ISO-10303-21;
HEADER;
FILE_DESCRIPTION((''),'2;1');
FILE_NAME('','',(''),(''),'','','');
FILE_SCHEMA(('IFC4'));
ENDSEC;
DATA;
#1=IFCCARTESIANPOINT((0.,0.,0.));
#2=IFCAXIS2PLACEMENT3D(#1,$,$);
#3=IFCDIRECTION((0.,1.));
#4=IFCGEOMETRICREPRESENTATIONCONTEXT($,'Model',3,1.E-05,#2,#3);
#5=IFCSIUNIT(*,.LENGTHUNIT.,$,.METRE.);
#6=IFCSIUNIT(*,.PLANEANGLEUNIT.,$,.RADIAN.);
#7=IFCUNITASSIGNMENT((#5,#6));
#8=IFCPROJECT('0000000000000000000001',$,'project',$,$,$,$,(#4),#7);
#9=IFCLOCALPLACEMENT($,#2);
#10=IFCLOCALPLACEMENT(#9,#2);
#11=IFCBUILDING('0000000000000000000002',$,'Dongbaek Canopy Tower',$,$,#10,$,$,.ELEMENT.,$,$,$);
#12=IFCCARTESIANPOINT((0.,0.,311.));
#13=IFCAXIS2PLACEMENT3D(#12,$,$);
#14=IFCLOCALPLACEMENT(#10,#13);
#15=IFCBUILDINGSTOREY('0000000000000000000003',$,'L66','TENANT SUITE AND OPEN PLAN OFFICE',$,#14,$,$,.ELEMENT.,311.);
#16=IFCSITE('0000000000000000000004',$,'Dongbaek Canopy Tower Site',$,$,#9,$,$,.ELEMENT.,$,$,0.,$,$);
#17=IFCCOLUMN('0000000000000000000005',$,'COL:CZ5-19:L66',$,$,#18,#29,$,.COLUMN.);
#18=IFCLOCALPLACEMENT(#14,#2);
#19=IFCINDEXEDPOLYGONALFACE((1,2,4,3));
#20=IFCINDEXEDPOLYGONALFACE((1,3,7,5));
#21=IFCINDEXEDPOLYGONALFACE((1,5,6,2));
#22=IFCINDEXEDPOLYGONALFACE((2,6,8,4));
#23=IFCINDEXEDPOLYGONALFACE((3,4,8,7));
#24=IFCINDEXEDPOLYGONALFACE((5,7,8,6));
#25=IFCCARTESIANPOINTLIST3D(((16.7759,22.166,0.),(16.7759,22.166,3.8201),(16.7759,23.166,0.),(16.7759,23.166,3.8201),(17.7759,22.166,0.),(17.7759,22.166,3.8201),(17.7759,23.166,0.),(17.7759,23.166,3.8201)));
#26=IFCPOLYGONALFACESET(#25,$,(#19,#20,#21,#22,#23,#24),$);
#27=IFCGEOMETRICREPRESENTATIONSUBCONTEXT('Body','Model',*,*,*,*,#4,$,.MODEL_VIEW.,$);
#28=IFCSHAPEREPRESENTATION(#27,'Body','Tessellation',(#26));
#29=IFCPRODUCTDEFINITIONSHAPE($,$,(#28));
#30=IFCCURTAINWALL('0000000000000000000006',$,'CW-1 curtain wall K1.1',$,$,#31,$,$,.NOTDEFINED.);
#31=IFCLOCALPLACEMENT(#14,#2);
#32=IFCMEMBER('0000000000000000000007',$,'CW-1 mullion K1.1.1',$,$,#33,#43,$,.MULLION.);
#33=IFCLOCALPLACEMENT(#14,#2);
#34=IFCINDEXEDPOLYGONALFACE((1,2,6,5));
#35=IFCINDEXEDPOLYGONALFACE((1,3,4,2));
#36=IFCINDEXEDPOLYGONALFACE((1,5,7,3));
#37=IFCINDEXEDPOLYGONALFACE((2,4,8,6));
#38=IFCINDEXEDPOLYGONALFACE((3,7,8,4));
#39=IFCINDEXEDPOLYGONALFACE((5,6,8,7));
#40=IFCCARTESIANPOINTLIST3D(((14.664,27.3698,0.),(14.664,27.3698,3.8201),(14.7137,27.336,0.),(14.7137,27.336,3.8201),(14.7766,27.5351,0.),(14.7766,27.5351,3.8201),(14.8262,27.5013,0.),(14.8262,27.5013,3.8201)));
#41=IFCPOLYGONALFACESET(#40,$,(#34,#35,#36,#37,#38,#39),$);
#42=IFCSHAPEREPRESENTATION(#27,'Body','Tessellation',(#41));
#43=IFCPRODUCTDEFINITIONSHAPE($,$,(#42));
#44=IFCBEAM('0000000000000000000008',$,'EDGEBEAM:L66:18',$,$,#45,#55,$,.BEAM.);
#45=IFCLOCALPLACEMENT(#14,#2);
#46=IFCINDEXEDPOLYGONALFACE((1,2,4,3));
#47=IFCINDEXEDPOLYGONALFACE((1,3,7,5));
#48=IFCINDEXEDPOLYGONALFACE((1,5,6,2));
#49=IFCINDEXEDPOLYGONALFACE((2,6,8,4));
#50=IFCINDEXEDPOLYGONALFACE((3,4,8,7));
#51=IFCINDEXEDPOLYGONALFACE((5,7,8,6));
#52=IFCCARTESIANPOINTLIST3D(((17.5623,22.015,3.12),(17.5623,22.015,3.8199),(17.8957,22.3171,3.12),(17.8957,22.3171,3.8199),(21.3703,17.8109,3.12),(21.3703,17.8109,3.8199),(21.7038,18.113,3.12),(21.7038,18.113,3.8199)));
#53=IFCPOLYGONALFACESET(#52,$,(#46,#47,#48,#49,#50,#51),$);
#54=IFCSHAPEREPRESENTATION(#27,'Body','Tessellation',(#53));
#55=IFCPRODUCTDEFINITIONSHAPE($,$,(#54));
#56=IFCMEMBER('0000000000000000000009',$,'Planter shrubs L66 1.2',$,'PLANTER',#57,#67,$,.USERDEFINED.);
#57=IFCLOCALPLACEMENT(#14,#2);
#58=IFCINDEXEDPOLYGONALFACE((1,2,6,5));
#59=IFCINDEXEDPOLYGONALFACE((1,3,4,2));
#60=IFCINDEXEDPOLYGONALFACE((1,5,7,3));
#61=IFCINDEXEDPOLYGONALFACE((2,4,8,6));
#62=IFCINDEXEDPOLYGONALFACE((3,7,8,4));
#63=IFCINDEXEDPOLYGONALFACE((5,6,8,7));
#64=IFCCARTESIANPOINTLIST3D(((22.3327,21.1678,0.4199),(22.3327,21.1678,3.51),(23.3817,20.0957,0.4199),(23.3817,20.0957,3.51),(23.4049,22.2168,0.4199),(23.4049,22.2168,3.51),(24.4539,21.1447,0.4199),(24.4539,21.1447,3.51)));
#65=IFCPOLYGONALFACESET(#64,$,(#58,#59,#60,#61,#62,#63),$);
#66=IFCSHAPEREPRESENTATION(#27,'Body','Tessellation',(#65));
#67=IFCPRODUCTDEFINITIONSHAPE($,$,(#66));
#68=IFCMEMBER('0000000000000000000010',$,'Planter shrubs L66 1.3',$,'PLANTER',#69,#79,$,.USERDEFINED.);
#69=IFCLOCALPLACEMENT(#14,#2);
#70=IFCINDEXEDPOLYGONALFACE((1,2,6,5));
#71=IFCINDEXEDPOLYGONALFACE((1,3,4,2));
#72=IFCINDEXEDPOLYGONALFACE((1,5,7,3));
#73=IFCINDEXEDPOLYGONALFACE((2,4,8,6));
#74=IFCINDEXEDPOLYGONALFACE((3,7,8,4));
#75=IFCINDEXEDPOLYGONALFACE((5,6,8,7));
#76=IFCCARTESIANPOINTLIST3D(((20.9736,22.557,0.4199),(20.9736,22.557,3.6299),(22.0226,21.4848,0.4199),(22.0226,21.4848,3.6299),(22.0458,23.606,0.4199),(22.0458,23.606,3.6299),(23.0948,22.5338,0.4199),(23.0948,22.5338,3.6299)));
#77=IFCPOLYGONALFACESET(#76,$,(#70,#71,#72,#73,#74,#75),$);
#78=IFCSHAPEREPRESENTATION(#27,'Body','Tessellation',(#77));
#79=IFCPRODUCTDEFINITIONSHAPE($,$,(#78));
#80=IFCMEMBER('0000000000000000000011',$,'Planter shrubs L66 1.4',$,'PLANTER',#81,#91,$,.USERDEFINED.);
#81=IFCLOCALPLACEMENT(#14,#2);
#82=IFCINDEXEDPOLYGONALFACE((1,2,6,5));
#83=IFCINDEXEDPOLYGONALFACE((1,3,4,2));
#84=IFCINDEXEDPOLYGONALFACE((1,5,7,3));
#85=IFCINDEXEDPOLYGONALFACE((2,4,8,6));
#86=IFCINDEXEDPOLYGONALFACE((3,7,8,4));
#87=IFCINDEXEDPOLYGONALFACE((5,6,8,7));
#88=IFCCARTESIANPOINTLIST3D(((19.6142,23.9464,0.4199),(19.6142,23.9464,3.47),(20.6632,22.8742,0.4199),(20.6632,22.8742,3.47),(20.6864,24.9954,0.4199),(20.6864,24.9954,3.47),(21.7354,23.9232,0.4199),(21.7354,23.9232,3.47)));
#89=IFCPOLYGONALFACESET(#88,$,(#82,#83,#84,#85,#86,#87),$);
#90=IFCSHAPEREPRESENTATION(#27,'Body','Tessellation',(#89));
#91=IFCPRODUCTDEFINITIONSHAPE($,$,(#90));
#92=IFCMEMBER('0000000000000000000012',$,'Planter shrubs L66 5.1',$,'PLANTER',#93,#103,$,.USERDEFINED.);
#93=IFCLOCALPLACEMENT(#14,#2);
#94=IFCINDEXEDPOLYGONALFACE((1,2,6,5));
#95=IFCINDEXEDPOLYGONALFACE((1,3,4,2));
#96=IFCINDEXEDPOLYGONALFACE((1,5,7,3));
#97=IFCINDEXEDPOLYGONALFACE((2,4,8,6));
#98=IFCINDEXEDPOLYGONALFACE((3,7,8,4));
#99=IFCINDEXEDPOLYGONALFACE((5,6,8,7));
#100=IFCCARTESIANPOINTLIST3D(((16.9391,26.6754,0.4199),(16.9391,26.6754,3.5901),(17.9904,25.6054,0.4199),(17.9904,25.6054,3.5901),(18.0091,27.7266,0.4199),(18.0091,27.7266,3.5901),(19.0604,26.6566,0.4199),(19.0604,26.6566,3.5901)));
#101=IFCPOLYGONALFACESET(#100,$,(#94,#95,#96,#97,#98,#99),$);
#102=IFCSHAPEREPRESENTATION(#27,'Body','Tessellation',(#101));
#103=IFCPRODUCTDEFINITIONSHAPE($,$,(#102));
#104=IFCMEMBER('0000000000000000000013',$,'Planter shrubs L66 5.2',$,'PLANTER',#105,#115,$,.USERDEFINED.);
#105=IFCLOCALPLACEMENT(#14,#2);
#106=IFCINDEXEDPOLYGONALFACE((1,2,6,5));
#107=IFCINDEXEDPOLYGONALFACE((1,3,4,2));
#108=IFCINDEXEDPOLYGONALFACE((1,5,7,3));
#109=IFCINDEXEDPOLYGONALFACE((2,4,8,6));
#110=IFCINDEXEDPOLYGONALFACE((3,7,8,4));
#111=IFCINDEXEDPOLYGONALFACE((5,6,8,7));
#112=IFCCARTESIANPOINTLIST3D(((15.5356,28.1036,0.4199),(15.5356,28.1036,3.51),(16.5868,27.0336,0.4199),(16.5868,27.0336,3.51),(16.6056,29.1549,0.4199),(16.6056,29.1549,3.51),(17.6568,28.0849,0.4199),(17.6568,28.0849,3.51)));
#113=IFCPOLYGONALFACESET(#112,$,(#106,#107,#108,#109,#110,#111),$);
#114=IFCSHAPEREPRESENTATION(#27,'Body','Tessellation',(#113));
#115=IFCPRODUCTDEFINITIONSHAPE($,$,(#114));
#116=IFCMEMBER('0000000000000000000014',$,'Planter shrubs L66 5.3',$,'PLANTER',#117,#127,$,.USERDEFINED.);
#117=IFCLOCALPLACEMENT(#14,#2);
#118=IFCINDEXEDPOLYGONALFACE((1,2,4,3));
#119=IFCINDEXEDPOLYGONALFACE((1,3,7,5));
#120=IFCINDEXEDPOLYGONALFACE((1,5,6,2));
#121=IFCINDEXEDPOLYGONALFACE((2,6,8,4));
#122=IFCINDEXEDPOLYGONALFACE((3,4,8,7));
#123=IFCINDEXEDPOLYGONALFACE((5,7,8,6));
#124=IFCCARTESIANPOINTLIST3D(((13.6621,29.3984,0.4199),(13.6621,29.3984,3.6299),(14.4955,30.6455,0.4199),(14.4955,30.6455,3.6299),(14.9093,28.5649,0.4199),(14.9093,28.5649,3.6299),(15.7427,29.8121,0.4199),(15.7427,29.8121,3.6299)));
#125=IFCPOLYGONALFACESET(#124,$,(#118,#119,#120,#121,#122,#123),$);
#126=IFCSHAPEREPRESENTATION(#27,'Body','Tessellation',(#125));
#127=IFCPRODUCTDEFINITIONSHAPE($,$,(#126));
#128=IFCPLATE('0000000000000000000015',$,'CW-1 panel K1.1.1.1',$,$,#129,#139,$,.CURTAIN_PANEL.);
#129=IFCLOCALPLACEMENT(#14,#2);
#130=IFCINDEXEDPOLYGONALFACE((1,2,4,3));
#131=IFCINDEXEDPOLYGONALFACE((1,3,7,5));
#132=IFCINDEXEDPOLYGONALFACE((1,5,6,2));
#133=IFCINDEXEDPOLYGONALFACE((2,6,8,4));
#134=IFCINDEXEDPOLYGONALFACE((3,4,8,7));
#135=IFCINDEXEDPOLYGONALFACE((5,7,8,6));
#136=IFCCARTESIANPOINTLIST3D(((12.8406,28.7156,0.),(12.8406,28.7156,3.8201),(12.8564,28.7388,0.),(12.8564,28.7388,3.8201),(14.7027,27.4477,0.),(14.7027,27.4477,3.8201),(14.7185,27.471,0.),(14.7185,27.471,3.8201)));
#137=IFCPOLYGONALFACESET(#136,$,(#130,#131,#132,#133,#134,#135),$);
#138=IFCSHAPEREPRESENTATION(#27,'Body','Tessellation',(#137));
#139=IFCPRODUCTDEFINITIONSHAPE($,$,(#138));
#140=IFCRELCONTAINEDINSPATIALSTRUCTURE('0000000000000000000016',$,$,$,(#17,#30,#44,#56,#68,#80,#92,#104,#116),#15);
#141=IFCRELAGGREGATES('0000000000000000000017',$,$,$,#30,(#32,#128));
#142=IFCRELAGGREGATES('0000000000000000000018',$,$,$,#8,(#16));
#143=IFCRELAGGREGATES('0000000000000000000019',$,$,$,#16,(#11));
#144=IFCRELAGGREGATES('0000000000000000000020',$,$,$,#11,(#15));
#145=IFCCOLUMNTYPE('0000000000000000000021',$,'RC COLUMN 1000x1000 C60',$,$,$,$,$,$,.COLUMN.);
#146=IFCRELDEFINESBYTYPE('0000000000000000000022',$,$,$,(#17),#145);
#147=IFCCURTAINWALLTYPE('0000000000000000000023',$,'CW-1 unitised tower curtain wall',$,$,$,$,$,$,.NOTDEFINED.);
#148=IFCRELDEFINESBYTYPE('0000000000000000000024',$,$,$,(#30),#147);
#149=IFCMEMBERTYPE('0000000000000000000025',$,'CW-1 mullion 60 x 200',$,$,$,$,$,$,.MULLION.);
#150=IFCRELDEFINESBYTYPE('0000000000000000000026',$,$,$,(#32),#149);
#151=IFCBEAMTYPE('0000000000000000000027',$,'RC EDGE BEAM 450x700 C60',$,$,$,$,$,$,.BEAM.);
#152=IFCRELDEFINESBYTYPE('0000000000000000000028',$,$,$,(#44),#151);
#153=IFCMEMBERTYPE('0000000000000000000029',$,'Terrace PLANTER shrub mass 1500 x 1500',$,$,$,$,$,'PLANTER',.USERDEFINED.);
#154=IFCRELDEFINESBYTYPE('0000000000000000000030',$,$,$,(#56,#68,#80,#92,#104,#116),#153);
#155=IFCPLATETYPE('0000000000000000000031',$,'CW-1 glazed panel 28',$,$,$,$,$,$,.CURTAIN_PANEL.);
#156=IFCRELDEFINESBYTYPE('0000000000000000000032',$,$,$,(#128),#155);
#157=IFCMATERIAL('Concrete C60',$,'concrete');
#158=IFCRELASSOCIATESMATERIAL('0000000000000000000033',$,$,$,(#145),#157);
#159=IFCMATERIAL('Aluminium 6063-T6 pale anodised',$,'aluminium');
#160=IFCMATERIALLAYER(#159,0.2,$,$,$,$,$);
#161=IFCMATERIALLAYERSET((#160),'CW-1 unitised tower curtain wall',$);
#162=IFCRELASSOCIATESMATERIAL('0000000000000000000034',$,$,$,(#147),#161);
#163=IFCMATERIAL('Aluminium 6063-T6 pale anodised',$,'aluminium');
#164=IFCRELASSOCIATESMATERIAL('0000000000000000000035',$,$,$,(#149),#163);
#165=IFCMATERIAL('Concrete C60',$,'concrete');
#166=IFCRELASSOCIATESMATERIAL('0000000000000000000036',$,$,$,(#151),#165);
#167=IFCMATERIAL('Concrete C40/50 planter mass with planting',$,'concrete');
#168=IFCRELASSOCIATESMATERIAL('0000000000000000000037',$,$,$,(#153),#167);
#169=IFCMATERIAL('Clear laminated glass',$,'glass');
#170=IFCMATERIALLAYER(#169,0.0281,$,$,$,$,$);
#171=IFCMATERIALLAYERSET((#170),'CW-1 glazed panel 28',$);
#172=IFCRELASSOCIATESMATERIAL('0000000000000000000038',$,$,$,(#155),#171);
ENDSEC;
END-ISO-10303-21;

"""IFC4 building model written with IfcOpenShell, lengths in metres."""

from ifc_helpers import new_model, si_unit, direction, frame, origin, origin_2d, place, context, subcontext, project, spatial, rectangle, extrude, material, layer, layer_set, material_profile, profile_set, type_object, element, aggregate, save


model = new_model("IFC4")

# Units and contexts
model_context = context("Model", 3, precision=1e-05, world=origin(), true_north=direction((0.0, 1.0)))
body_context = subcontext(model_context, "Body", "Model", "MODEL_VIEW")
ifc_project = project(units=[si_unit("LENGTHUNIT", "METRE"), si_unit("PLANEANGLEUNIT", "RADIAN")], contexts=[model_context])

# Site, building, storey
site_placement = place(None, origin())
site = spatial("IfcSite", under=ifc_project, at=site_placement, Name="Dongbaek Canopy Tower Site", CompositionType="ELEMENT", RefElevation=0.0)
building_placement = place(site_placement, origin())
building = spatial("IfcBuilding", under=site, at=building_placement, Name="Dongbaek Canopy Tower", CompositionType="ELEMENT")
storey_placement = place(building_placement, frame((0.0, 0.0, 311.0)))
storey = spatial("IfcBuildingStorey", under=building, at=storey_placement, Name="L66", Description="TENANT SUITE AND OPEN PLAN OFFICE", CompositionType="ELEMENT", Elevation=311.0)

# Column
ifc_material_1 = material(Name="Concrete C60", Category="concrete")
ifc_material_profile_1 = material_profile(ifc_material_1, rectangle(XDim=1.0, YDim=1.0, at=origin_2d()), Name="RC COLUMN 1000x1000 C60")
ifc_profile_set_1 = profile_set([ifc_material_profile_1], Name="Concrete C60")
column_type = type_object("IfcColumnType", Name="RC COLUMN 1000x1000 C60", PredefinedType="COLUMN", material=ifc_profile_set_1)
column_placement = place(storey_placement, frame((17.2759, 22.666, 0.0), z_axis=(0.0, 0.0, 1.0), x_axis=(1.0, 0.0, 0.0)))
element("IfcColumn", 1, at=column_placement, inside=storey, type_object=column_type, Name="COL:CZ5-19:L66", PredefinedType="COLUMN", context=body_context, shape_type="SweptSolid", body=[
    extrude(rectangle(XDim=1.0, YDim=1.0, at=origin_2d()), origin(), (0.0, 0.0, 1.0), 3.8201),
])

# Curtain wall, member
ifc_material_2 = material(Name="Aluminium 6063-T6 pale anodised", Category="aluminium")
ifc_layer_1 = layer(ifc_material_2, 0.2)
ifc_layer_set_1 = layer_set([ifc_layer_1], Name="CW-1 unitised tower curtain wall")
curtain_wall_type = type_object("IfcCurtainWallType", Name="CW-1 unitised tower curtain wall", PredefinedType="NOTDEFINED", material=ifc_layer_set_1)
curtain_wall_placement = place(storey_placement, origin())
curtain_wall = element("IfcCurtainWall", 2, at=curtain_wall_placement, inside=storey, type_object=curtain_wall_type, Name="CW-1 curtain wall K1.1", PredefinedType="NOTDEFINED")
ifc_material_3 = material(Name="Aluminium 6063-T6 pale anodised", Category="aluminium")
ifc_material_profile_2 = material_profile(ifc_material_3, rectangle(XDim=0.2, YDim=0.0601, at=origin_2d()), Name="CW-1 mullion 60 x 200")
ifc_profile_set_2 = profile_set([ifc_material_profile_2], Name="Aluminium 6063-T6 pale anodised")
member_type_1 = type_object("IfcMemberType", Name="CW-1 mullion 60 x 200", PredefinedType="MULLION", material=ifc_profile_set_2)
member_1_placement = place(storey_placement, frame((14.7451, 27.4355, 0.0), z_axis=(0.0, 0.0, 1.0), x_axis=(0.562807, 0.826589, 0.0)))
member_1 = element("IfcMember", 3, at=member_1_placement, type_object=member_type_1, Name="CW-1 mullion K1.1.1", PredefinedType="MULLION", context=body_context, shape_type="SweptSolid", body=[
    extrude(rectangle(XDim=0.2, YDim=0.0601, at=origin_2d()), origin(), (0.0, 0.0, 1.0), 3.8201),
])

# Beam
ifc_material_4 = material(Name="Concrete C60", Category="concrete")
ifc_material_profile_3 = material_profile(ifc_material_4, rectangle(XDim=0.45, YDim=0.7, at=origin_2d()), Name="RC EDGE BEAM 450x700 C60")
ifc_profile_set_3 = profile_set([ifc_material_profile_3], Name="Concrete C60")
beam_type = type_object("IfcBeamType", Name="RC EDGE BEAM 450x700 C60", PredefinedType="BEAM", material=ifc_profile_set_3)
beam_placement = place(storey_placement, frame((17.729, 22.166, 3.47), z_axis=(0.671339, -0.74115, 0.0), x_axis=(0.74115, 0.671339, 0.0)))
element("IfcBeam", 4, at=beam_placement, inside=storey, type_object=beam_type, Name="EDGEBEAM:L66:18", PredefinedType="BEAM", context=body_context, shape_type="SweptSolid", body=[
    extrude(rectangle(XDim=0.45, YDim=0.7, at=origin_2d()), origin(), (0.0, 0.0, 1.0), 5.6724),
])

# Members
ifc_material_5 = material(Name="Concrete C40/50 planter mass with planting", Category="concrete")
ifc_material_profile_4 = material_profile(ifc_material_5, rectangle(XDim=1.5, YDim=1.5, at=origin_2d()), Name="Terrace PLANTER shrub mass 1500 x 1500")
ifc_profile_set_4 = profile_set([ifc_material_profile_4], Name="Concrete C40/50 planter mass with planting")
member_type_2 = type_object("IfcMemberType", Name="Terrace PLANTER shrub mass 1500 x 1500", ElementType="PLANTER", PredefinedType="USERDEFINED", material=ifc_profile_set_4)
member_2_placement = place(storey_placement, frame((23.3933, 21.1562, 0.4199), z_axis=(0.0, 0.0, 1.0), x_axis=(0.71478, 0.699349, 0.0)))
element("IfcMember", 5, at=member_2_placement, inside=storey, type_object=member_type_2, Name="Planter shrubs L66 1.2", ObjectType="PLANTER", PredefinedType="USERDEFINED", context=body_context, shape_type="SweptSolid", body=[
    extrude(rectangle(XDim=1.5, YDim=1.5, at=origin_2d()), origin(), (0.0, 0.0, 1.0), 3.0901),
])
member_3_placement = place(storey_placement, frame((22.0342, 22.5454, 0.4199), z_axis=(0.0, 0.0, 1.0), x_axis=(0.71478, 0.699349, 0.0)))
element("IfcMember", 6, at=member_3_placement, inside=storey, type_object=member_type_2, Name="Planter shrubs L66 1.3", ObjectType="PLANTER", PredefinedType="USERDEFINED", context=body_context, shape_type="SweptSolid", body=[
    extrude(rectangle(XDim=1.5, YDim=1.5, at=origin_2d()), origin(), (0.0, 0.0, 1.0), 3.21),
])
member_4_placement = place(storey_placement, frame((20.6748, 23.9348, 0.4199), z_axis=(0.0, 0.0, 1.0), x_axis=(0.71478, 0.699349, 0.0)))
element("IfcMember", 7, at=member_4_placement, inside=storey, type_object=member_type_2, Name="Planter shrubs L66 1.4", ObjectType="PLANTER", PredefinedType="USERDEFINED", context=body_context, shape_type="SweptSolid", body=[
    extrude(rectangle(XDim=1.5, YDim=1.5, at=origin_2d()), origin(), (0.0, 0.0, 1.0), 3.05),
])
member_5_placement = place(storey_placement, frame((17.9998, 26.666, 0.4199), z_axis=(0.0, 0.0, 1.0), x_axis=(0.713326, 0.700833, 0.0)))
element("IfcMember", 8, at=member_5_placement, inside=storey, type_object=member_type_2, Name="Planter shrubs L66 5.1", ObjectType="PLANTER", PredefinedType="USERDEFINED", context=body_context, shape_type="SweptSolid", body=[
    extrude(rectangle(XDim=1.5, YDim=1.5, at=origin_2d()), origin(), (0.0, 0.0, 1.0), 3.1702),
])
member_6_placement = place(storey_placement, frame((16.5962, 28.0942, 0.4199), z_axis=(0.0, 0.0, 1.0), x_axis=(0.713326, 0.700833, 0.0)))
element("IfcMember", 9, at=member_6_placement, inside=storey, type_object=member_type_2, Name="Planter shrubs L66 5.2", ObjectType="PLANTER", PredefinedType="USERDEFINED", context=body_context, shape_type="SweptSolid", body=[
    extrude(rectangle(XDim=1.5, YDim=1.5, at=origin_2d()), origin(), (0.0, 0.0, 1.0), 3.0901),
])
member_7_placement = place(storey_placement, frame((14.7024, 29.6052, 0.4199), z_axis=(0.0, 0.0, 1.0), x_axis=(0.555615, 0.83144, 0.0)))
element("IfcMember", 10, at=member_7_placement, inside=storey, type_object=member_type_2, Name="Planter shrubs L66 5.3", ObjectType="PLANTER", PredefinedType="USERDEFINED", context=body_context, shape_type="SweptSolid", body=[
    extrude(rectangle(XDim=1.5, YDim=1.5, at=origin_2d()), origin(), (0.0, 0.0, 1.0), 3.21),
])

# Plate
ifc_material_6 = material(Name="Clear laminated glass", Category="glass")
ifc_layer_2 = layer(ifc_material_6, 0.0281)
ifc_layer_set_2 = layer_set([ifc_layer_2], Name="CW-1 glazed panel 28")
plate_type = type_object("IfcPlateType", Name="CW-1 glazed panel 28", PredefinedType="CURTAIN_PANEL", material=ifc_layer_set_2)
plate_placement = place(storey_placement, frame((13.7795, 28.0933, 0.0), z_axis=(0.0, 0.0, 1.0), x_axis=(-0.826589, 0.562807, 0.0)))
plate = element("IfcPlate", 11, at=plate_placement, type_object=plate_type, Name="CW-1 panel K1.1.1.1", PredefinedType="CURTAIN_PANEL", context=body_context, shape_type="SweptSolid", body=[
    extrude(rectangle(XDim=2.2527, YDim=0.0281, at=origin_2d()), origin(), (0.0, 0.0, 1.0), 3.8201),
])
aggregate(curtain_wall, [member_1, plate])

save(model, "model.ifc")
